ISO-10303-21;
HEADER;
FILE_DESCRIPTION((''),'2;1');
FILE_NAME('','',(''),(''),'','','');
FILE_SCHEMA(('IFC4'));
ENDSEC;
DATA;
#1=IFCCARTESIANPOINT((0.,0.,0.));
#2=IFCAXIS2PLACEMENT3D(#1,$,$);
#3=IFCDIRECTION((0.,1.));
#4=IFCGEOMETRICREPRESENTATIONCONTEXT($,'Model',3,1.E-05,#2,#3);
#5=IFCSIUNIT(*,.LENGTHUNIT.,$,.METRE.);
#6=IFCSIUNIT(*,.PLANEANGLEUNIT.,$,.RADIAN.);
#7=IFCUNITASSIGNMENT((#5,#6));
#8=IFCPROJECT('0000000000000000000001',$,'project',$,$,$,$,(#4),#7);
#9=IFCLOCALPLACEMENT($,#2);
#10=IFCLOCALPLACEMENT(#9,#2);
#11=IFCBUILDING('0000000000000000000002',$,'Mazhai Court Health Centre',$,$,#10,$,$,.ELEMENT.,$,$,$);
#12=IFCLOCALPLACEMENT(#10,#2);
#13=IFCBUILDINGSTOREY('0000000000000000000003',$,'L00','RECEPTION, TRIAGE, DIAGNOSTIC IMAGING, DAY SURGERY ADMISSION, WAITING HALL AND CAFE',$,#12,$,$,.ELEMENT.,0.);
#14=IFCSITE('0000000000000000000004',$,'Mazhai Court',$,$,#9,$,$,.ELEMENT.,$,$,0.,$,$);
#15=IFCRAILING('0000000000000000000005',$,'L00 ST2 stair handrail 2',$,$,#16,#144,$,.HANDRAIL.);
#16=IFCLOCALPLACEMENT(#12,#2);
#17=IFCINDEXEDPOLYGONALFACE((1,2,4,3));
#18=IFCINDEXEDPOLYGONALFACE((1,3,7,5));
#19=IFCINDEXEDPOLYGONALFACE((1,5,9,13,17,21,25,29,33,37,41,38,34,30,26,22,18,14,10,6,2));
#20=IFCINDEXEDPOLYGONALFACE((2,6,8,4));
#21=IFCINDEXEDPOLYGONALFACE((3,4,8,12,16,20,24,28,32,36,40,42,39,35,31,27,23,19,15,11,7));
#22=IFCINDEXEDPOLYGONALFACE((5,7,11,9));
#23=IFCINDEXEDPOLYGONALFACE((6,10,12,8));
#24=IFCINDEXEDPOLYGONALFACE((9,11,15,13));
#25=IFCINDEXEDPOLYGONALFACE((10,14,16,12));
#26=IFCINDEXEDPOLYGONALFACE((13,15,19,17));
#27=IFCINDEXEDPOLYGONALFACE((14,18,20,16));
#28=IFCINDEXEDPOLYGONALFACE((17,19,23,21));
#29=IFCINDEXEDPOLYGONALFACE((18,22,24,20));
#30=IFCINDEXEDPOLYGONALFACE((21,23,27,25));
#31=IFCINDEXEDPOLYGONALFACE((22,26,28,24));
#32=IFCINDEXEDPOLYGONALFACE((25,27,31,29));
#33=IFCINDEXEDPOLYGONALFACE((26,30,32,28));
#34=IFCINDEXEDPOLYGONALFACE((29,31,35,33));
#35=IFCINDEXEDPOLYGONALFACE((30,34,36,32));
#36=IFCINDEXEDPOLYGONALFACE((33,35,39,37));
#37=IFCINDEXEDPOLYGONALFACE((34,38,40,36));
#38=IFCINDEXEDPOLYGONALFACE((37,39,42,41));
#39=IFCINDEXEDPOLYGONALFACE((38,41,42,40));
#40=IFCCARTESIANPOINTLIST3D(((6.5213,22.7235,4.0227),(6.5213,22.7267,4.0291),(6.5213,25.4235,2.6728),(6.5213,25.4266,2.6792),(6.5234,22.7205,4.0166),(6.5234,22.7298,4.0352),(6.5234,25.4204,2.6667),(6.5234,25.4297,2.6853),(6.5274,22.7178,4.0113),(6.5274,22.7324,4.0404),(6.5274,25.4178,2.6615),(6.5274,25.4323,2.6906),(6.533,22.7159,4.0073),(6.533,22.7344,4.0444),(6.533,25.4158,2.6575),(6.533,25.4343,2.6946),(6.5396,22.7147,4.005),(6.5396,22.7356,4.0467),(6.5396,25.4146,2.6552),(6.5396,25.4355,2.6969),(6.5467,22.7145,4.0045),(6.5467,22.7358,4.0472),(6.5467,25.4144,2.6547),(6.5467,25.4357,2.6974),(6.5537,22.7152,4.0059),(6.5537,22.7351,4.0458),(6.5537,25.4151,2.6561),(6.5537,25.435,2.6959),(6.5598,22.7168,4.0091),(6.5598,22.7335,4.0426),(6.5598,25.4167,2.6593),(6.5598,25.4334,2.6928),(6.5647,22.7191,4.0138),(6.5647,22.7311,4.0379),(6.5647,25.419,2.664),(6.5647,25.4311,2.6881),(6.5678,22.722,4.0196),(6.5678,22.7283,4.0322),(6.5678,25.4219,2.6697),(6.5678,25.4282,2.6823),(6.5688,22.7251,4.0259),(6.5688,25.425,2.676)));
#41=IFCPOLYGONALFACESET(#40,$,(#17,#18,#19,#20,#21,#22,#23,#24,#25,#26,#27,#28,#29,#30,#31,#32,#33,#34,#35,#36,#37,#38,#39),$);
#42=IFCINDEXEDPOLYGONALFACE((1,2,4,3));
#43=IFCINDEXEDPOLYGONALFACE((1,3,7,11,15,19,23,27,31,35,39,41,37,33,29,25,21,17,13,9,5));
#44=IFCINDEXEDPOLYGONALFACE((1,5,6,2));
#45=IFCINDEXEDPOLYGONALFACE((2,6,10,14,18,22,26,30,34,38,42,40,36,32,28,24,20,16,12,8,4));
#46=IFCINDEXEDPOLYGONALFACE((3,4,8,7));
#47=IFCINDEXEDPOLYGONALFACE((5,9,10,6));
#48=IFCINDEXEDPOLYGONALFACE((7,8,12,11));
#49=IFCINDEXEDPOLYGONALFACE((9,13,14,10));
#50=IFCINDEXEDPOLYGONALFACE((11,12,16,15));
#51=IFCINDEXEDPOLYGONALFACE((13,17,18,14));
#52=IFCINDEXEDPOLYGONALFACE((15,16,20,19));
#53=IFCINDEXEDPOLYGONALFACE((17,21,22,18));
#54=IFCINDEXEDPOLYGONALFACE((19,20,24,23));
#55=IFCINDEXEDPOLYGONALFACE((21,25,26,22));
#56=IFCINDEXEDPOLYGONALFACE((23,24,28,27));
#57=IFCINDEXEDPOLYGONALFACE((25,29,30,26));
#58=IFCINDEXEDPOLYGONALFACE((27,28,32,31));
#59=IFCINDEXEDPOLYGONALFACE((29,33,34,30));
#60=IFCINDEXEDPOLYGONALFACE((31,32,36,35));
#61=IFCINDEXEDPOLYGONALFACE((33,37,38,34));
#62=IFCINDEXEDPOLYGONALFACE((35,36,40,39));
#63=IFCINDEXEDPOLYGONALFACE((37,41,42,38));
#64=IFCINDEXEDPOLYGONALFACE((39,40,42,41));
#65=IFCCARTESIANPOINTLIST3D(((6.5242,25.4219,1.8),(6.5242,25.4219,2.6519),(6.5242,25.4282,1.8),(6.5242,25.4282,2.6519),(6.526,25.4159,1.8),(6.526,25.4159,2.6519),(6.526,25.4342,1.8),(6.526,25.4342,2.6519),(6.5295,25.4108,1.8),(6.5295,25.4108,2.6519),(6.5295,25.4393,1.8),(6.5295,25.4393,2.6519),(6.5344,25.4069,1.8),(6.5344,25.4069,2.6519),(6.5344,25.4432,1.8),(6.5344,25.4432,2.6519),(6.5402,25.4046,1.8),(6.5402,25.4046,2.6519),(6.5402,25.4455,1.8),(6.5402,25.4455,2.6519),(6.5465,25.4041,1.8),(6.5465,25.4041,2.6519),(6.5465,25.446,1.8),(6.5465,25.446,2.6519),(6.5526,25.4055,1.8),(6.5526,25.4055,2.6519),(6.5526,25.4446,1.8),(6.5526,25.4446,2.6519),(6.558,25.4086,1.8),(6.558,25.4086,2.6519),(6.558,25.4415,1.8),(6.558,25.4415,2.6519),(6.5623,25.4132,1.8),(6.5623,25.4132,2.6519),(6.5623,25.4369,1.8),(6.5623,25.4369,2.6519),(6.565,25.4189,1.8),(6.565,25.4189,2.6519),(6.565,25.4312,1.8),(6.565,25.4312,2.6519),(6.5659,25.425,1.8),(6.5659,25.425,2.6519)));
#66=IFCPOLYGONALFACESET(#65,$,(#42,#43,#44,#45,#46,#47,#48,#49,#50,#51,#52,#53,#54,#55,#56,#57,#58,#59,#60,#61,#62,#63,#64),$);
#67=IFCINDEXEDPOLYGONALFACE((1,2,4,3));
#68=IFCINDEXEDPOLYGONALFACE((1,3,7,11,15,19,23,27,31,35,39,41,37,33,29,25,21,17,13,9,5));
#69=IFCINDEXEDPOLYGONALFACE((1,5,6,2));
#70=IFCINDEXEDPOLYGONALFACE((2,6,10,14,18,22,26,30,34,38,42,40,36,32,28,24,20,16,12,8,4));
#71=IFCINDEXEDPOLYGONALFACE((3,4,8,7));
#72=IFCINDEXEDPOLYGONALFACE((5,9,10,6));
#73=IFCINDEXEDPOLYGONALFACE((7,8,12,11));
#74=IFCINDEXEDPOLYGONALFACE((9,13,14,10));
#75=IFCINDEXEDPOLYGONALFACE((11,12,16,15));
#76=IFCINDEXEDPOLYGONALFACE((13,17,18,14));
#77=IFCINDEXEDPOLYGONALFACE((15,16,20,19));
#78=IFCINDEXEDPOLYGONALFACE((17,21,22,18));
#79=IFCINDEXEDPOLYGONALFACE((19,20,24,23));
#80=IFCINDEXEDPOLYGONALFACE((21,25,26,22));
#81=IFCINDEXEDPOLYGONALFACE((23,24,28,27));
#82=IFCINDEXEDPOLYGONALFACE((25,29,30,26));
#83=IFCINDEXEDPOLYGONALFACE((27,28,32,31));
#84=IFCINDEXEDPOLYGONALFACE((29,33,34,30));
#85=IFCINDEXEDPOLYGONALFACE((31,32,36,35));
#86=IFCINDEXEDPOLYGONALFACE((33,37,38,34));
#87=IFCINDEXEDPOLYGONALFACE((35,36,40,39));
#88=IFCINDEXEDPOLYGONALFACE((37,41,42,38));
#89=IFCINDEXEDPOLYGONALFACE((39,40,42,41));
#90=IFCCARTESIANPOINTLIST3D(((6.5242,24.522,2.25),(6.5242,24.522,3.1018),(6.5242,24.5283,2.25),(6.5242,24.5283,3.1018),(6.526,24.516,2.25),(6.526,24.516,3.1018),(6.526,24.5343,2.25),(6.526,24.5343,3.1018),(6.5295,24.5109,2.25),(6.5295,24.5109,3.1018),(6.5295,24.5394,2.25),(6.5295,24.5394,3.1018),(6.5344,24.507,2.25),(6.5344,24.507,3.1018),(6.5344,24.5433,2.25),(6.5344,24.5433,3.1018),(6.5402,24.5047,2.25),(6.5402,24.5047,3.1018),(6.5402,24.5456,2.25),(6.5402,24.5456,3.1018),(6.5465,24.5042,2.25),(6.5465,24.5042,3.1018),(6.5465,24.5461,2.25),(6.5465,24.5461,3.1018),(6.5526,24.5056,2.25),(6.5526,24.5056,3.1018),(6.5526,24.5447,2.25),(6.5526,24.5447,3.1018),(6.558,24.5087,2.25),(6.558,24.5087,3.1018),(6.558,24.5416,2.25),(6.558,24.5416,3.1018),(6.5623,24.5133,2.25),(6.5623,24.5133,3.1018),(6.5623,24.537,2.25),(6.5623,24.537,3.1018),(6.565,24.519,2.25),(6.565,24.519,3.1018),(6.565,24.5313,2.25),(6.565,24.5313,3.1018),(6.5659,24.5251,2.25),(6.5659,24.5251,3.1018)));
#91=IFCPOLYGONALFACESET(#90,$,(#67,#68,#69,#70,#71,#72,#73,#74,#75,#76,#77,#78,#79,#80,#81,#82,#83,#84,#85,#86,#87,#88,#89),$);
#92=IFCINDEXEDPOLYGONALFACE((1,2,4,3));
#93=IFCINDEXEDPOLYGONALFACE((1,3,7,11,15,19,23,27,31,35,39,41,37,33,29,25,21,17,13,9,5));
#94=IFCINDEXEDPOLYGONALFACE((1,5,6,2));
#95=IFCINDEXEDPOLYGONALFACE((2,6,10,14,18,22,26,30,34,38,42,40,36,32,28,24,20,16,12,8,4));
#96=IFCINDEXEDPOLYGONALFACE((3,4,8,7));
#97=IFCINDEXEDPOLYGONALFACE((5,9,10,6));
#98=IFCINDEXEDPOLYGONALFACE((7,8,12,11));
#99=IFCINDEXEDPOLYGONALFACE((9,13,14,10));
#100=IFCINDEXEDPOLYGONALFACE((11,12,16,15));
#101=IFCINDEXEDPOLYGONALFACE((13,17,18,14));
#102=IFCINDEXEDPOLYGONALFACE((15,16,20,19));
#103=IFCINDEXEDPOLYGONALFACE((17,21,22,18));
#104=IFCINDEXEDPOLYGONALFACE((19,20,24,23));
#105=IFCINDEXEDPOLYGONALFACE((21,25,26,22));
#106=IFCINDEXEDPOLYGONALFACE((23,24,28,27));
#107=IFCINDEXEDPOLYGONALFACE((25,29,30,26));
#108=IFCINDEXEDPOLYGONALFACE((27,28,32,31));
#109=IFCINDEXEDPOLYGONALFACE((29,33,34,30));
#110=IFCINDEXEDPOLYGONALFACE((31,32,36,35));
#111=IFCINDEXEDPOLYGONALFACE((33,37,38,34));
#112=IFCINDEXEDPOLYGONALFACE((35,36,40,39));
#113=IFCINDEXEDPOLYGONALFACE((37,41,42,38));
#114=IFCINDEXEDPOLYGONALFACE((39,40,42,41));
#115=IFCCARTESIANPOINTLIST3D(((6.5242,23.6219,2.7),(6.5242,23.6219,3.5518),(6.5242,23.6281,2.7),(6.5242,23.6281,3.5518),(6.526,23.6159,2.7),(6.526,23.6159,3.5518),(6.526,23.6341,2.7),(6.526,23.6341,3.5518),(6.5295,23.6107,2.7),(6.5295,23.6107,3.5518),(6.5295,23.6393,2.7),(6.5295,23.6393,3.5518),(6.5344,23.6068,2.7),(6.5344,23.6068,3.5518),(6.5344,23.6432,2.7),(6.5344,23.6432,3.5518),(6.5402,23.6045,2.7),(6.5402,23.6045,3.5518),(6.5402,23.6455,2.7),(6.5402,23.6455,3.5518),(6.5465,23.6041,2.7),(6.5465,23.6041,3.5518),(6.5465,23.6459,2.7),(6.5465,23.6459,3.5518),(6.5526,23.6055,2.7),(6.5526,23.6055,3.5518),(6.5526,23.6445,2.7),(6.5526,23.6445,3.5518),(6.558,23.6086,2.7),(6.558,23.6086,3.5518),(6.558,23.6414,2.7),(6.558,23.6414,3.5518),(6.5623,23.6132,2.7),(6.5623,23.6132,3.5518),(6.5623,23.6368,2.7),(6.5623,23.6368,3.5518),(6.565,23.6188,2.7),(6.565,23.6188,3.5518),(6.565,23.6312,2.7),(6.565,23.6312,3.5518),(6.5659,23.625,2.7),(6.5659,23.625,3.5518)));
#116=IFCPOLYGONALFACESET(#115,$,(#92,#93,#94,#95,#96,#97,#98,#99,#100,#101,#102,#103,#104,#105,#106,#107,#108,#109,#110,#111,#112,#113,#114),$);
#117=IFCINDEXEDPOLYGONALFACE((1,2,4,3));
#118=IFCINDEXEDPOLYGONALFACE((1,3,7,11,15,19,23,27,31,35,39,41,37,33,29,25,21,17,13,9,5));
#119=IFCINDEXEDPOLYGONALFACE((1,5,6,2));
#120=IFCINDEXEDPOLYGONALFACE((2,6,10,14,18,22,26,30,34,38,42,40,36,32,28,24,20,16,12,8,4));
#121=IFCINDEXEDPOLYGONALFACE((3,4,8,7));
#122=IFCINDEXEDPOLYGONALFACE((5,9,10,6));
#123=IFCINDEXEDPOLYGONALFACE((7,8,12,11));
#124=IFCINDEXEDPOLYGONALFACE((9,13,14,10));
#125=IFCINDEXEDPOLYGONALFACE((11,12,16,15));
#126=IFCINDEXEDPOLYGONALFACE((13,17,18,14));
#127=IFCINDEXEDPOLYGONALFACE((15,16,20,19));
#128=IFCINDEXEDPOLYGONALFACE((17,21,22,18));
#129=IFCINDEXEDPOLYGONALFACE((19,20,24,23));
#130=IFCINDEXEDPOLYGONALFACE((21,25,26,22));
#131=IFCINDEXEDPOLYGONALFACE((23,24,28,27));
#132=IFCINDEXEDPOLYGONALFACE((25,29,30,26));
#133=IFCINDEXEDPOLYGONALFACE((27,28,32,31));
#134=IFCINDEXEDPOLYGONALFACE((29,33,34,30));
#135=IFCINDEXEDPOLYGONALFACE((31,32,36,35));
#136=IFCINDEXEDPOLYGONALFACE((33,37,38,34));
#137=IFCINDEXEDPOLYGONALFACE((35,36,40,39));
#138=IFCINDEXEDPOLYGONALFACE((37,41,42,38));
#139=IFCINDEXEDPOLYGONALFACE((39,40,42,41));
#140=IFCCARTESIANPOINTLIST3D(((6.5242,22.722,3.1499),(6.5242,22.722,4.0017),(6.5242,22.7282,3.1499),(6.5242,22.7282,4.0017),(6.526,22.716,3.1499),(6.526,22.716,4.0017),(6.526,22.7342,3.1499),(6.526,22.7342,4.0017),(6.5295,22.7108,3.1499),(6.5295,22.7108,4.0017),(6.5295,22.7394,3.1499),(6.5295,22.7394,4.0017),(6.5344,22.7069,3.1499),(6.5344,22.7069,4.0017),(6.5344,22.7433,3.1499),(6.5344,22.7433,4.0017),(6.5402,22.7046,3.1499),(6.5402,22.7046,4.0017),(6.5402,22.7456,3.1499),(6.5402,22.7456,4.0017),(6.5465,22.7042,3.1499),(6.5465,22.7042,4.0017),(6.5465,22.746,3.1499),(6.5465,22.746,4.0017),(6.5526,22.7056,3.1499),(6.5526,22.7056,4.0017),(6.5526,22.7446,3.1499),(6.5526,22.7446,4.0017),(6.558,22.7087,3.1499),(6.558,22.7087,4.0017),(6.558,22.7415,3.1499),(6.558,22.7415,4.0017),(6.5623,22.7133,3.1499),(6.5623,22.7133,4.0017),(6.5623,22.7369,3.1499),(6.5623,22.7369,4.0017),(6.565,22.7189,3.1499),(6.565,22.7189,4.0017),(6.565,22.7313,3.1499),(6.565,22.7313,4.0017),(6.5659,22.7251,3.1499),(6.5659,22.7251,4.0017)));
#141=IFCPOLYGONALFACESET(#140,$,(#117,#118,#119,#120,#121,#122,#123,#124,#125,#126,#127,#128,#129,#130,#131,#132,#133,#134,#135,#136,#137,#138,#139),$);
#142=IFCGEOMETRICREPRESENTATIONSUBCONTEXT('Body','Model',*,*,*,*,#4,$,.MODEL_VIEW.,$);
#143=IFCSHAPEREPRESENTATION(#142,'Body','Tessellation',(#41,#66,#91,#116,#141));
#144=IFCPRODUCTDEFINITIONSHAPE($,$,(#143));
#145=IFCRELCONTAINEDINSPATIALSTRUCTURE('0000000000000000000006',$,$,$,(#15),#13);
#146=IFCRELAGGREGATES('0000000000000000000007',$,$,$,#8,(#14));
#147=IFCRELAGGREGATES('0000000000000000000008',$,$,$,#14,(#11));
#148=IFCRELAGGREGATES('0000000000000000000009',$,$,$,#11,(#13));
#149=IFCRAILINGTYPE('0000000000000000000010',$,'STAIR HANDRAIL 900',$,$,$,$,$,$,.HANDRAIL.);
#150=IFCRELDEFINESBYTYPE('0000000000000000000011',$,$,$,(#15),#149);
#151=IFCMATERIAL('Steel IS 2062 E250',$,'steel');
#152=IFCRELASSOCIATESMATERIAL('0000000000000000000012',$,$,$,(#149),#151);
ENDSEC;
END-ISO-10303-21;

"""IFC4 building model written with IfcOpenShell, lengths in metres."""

from ifc_helpers import new_model, si_unit, direction, frame, origin, origin_2d, place, context, subcontext, project, spatial, circle, extrude, material, type_object, element, save


model = new_model("IFC4")

# Units and contexts
model_context = context("Model", 3, precision=1e-05, world=origin(), true_north=direction((0.0, 1.0)))
body_context = subcontext(model_context, "Body", "Model", "MODEL_VIEW")
ifc_project = project(units=[si_unit("LENGTHUNIT", "METRE"), si_unit("PLANEANGLEUNIT", "RADIAN")], contexts=[model_context])

# Site, building, storey
site_placement = place(None, origin())
site = spatial("IfcSite", under=ifc_project, at=site_placement, Name="Mazhai Court", CompositionType="ELEMENT", RefElevation=0.0)
building_placement = place(site_placement, origin())
building = spatial("IfcBuilding", under=site, at=building_placement, Name="Mazhai Court Health Centre", CompositionType="ELEMENT")
storey_placement = place(building_placement, origin())
storey = spatial("IfcBuildingStorey", under=building, at=storey_placement, Name="L00", Description="RECEPTION, TRIAGE, DIAGNOSTIC IMAGING, DAY SURGERY ADMISSION, WAITING HALL AND CAFE", CompositionType="ELEMENT", Elevation=0.0)

# Railing
ifc_material_1 = material(Name="Steel IS 2062 E250", Category="steel")
railing_type_1 = type_object("IfcRailingType", Name="STAIR HANDRAIL 900", PredefinedType="HANDRAIL", material=ifc_material_1)
railing_1_placement = place(storey_placement, frame((6.5449, 25.425, 1.8)))
element("IfcRailing", 1, at=railing_1_placement, inside=storey, type_object=railing_type_1, Name="L00 ST2 stair handrail 2", PredefinedType="HANDRAIL", context=body_context, shape_type="SweptSolid", body=[
    extrude(circle(Radius=0.0239, at=origin_2d()), frame((0.0, 0.0, 0.876), z_axis=(0.0, -0.894443, 0.447181), x_axis=(1.0, 0.0, 0.0)), (0.0, 0.0, 1.0), 3.0186),
    extrude(circle(Radius=0.021, at=origin_2d()), origin(), (0.0, 0.0, 1.0), 0.8518),
    extrude(circle(Radius=0.021, at=origin_2d()), frame((0.0, -0.8999, 0.45)), (0.0, 0.0, 1.0), 0.8518),
    extrude(circle(Radius=0.021, at=origin_2d()), frame((0.0, -1.8, 0.8999)), (0.0, 0.0, 1.0), 0.8518),
    extrude(circle(Radius=0.021, at=origin_2d()), frame((0.0, -2.7, 1.3499)), (0.0, 0.0, 1.0), 0.8518),
])

save(model, "model.ifc")
